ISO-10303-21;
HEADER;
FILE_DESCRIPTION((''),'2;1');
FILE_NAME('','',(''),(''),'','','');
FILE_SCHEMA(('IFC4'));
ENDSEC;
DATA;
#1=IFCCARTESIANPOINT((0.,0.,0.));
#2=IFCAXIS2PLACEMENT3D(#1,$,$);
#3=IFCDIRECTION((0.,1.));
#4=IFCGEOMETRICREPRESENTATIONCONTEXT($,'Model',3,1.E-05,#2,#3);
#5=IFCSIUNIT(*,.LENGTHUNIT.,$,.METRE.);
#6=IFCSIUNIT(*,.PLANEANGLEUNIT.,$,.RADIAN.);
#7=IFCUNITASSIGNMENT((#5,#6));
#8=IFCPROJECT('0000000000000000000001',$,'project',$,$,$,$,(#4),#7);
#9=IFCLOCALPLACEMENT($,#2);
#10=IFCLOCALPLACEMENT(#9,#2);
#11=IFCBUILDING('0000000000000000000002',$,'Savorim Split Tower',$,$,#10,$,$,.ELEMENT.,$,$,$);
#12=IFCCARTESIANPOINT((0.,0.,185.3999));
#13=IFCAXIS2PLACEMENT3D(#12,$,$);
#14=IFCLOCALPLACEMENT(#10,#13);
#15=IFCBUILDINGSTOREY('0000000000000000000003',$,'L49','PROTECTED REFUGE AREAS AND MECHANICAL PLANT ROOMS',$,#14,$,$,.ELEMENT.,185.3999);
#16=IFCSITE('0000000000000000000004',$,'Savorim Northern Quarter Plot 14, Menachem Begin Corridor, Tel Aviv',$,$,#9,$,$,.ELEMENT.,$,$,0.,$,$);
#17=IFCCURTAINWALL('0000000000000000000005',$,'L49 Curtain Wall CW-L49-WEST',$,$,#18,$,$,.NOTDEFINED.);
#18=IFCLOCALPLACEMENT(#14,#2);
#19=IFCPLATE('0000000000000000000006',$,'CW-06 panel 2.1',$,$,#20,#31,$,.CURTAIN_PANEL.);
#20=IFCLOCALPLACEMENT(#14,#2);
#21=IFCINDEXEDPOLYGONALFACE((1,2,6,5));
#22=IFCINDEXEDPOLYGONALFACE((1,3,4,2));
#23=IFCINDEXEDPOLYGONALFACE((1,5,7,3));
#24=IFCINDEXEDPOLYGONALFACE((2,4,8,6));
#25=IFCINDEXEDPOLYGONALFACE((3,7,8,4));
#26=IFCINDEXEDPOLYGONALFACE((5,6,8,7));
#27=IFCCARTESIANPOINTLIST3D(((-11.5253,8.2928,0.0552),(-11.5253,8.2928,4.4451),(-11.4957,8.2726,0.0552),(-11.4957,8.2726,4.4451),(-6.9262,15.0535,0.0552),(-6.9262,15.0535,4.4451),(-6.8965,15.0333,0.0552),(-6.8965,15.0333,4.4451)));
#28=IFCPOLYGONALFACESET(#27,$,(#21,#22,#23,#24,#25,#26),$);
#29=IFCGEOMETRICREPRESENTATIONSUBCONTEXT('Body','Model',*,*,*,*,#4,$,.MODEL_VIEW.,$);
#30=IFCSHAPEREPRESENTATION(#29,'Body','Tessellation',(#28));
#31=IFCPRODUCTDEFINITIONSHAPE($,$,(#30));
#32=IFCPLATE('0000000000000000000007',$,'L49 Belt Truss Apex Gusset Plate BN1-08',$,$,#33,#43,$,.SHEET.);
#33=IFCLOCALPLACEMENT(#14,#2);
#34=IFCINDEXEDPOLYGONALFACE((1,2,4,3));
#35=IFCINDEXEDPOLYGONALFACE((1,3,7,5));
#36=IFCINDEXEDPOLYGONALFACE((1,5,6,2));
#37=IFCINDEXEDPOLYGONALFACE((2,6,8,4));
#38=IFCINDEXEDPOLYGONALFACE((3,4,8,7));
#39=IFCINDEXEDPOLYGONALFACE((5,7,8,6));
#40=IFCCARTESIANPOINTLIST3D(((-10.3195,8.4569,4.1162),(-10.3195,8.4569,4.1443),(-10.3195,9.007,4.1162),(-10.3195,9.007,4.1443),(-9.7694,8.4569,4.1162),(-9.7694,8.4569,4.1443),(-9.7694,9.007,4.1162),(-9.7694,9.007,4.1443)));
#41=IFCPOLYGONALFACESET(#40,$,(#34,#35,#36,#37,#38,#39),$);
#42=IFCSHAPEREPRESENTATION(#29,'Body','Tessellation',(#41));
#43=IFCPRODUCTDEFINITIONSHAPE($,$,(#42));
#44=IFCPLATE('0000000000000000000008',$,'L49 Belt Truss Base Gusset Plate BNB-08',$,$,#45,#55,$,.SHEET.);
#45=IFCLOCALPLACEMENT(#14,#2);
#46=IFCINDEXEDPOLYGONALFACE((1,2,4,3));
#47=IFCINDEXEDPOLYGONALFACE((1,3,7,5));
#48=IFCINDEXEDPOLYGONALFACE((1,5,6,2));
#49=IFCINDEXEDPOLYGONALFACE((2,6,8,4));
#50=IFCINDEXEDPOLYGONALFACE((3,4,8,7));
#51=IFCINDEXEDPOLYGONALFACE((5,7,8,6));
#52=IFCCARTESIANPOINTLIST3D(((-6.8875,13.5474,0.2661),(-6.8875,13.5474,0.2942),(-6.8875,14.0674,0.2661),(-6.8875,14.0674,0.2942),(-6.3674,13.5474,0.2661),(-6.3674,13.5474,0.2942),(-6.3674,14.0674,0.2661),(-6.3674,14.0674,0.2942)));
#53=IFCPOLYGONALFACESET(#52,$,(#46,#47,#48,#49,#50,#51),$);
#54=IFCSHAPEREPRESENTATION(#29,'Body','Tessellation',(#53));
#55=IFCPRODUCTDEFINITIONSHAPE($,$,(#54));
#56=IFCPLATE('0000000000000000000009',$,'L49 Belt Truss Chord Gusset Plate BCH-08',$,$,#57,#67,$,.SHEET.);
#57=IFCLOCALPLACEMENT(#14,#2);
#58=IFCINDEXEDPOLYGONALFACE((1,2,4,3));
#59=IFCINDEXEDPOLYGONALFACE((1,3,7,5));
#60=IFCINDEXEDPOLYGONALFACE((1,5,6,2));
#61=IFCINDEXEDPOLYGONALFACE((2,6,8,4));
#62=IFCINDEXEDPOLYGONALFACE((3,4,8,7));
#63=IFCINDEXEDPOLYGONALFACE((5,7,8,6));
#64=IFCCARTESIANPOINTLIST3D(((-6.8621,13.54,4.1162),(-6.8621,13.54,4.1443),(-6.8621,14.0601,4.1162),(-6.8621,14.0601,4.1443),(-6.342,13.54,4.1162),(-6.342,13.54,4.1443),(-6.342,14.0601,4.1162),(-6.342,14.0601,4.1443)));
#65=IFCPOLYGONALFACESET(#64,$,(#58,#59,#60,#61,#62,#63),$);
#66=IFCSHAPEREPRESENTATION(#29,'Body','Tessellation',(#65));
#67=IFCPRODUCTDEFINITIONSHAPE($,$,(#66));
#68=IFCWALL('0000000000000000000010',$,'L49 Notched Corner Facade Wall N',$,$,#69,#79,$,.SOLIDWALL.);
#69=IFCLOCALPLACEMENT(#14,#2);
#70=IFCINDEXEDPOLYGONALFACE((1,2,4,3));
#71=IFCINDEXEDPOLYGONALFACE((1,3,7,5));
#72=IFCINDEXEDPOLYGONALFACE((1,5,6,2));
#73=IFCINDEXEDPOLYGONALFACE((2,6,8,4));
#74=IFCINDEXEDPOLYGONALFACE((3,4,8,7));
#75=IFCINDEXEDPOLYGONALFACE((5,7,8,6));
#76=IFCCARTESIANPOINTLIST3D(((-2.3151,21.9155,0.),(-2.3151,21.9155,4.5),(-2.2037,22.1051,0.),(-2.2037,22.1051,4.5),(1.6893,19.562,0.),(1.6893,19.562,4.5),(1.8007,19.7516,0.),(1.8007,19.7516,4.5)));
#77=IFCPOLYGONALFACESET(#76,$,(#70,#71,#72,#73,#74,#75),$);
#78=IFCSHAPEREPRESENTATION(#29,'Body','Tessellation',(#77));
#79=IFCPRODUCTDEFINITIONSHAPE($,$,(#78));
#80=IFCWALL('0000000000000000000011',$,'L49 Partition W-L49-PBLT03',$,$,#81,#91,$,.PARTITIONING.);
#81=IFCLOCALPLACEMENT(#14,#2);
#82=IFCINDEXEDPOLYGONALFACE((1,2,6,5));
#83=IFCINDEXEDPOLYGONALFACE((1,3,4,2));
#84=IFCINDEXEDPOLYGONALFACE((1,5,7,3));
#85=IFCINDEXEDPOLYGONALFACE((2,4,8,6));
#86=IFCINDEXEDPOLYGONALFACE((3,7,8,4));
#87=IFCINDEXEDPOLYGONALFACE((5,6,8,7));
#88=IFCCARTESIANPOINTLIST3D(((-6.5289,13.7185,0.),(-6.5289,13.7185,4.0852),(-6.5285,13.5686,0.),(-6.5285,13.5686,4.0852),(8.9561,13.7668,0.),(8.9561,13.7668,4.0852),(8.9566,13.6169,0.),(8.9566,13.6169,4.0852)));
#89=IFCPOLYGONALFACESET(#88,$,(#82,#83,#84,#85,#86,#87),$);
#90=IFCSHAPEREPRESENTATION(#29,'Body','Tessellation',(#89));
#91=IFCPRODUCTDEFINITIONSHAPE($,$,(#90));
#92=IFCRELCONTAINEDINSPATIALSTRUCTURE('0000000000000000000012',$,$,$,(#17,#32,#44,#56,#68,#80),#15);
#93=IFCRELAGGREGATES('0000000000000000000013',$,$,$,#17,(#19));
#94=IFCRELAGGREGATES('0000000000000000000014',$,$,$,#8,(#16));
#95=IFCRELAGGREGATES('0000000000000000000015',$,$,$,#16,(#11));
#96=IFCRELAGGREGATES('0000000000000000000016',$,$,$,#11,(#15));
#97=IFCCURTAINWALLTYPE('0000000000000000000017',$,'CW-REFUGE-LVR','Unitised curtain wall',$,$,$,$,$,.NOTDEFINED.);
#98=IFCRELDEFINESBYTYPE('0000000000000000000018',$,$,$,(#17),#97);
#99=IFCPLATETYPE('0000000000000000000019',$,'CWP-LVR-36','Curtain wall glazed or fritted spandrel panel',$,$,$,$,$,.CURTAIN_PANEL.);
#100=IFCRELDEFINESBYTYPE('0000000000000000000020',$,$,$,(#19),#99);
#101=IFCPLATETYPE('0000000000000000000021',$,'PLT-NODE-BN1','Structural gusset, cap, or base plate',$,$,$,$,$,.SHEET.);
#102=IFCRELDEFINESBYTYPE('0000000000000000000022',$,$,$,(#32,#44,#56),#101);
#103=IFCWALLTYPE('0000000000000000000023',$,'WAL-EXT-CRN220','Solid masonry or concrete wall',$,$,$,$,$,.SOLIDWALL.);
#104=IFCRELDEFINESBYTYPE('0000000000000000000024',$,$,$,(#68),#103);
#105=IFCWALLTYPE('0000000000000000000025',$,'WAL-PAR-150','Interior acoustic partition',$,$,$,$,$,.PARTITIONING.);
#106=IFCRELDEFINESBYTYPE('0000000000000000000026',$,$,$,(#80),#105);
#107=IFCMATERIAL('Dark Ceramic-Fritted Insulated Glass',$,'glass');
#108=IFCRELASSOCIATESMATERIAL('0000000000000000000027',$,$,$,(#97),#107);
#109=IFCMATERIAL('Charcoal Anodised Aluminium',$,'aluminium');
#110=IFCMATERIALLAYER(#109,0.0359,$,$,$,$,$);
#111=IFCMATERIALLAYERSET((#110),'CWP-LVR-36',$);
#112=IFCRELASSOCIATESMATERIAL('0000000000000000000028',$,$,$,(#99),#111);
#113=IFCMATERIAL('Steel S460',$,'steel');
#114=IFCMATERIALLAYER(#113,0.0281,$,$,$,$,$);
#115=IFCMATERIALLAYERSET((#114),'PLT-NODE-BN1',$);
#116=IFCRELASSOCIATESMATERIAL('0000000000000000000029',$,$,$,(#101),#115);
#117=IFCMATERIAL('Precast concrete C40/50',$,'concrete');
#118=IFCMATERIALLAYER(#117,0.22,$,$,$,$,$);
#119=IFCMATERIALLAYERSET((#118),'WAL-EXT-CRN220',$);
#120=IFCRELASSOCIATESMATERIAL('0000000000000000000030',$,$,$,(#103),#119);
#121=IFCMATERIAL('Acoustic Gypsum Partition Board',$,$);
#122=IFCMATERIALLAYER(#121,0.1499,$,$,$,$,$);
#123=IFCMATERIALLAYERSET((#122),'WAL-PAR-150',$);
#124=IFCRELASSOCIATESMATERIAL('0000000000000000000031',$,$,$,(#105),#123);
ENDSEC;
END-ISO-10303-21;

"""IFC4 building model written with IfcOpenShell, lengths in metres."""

from ifc_helpers import new_model, si_unit, direction, frame, frame_2d, origin, origin_2d, place, context, subcontext, project, spatial, rectangle, extrude, material, layer, layer_set, type_object, element, aggregate, save


model = new_model("IFC4")

# Units and contexts
model_context = context("Model", 3, precision=1e-05, world=origin(), true_north=direction((0.0, 1.0)))
body_context = subcontext(model_context, "Body", "Model", "MODEL_VIEW")
ifc_project = project(units=[si_unit("LENGTHUNIT", "METRE"), si_unit("PLANEANGLEUNIT", "RADIAN")], contexts=[model_context])

# Site, building, storey
site_placement = place(None, origin())
site = spatial("IfcSite", under=ifc_project, at=site_placement, Name="Savorim Northern Quarter Plot 14, Menachem Begin Corridor, Tel Aviv", CompositionType="ELEMENT", RefElevation=0.0)
building_placement = place(site_placement, origin())
building = spatial("IfcBuilding", under=site, at=building_placement, Name="Savorim Split Tower", CompositionType="ELEMENT")
storey_placement = place(building_placement, frame((0.0, 0.0, 185.3999)))
storey = spatial("IfcBuildingStorey", under=building, at=storey_placement, Name="L49", Description="PROTECTED REFUGE AREAS AND MECHANICAL PLANT ROOMS", CompositionType="ELEMENT", Elevation=185.3999)

# Shared definitions
ifc_material_1 = material(Name="Steel S460", Category="steel")

# Curtain wall
ifc_material_2 = material(Name="Dark Ceramic-Fritted Insulated Glass", Category="glass")
curtain_wall_type = type_object("IfcCurtainWallType", Name="CW-REFUGE-LVR", Description="Unitised curtain wall", PredefinedType="NOTDEFINED", material=ifc_material_2)
curtain_wall_placement = place(storey_placement, origin())
curtain_wall = element("IfcCurtainWall", 1, at=curtain_wall_placement, inside=storey, type_object=curtain_wall_type, Name="L49 Curtain Wall CW-L49-WEST", PredefinedType="NOTDEFINED")
ifc_material_3 = material(Name="Charcoal Anodised Aluminium", Category="aluminium")

# Plate
ifc_layer_1 = layer(ifc_material_3, 0.0359)
ifc_layer_set_1 = layer_set([ifc_layer_1], Name="CWP-LVR-36")
plate_type_1 = type_object("IfcPlateType", Name="CWP-LVR-36", Description="Curtain wall glazed or fritted spandrel panel", PredefinedType="CURTAIN_PANEL", material=ifc_layer_set_1)
plate_1_placement = place(storey_placement, frame((-9.2109, 11.6631, 0.0552), z_axis=(0.0, 0.0, 1.0), x_axis=(-0.562466, -0.82682, 0.0)))
plate_1 = element("IfcPlate", 2, at=plate_1_placement, type_object=plate_type_1, Name="CW-06 panel 2.1", PredefinedType="CURTAIN_PANEL", context=body_context, shape_type="SweptSolid", body=[
    extrude(rectangle(XDim=8.1768, YDim=0.0359, at=origin_2d()), origin(), (0.0, 0.0, 1.0), 4.3899),
])
aggregate(curtain_wall, [plate_1])

# Plates
ifc_layer_2 = layer(ifc_material_1, 0.0281)
ifc_layer_set_2 = layer_set([ifc_layer_2], Name="PLT-NODE-BN1")
plate_type_2 = type_object("IfcPlateType", Name="PLT-NODE-BN1", Description="Structural gusset, cap, or base plate", PredefinedType="SHEET", material=ifc_layer_set_2)
plate_2_placement = place(storey_placement, frame((-10.0444, 8.7319, 4.1162), z_axis=(0.0, 0.0, 1.0), x_axis=(1.0, 0.0, 0.0)))
element("IfcPlate", 3, at=plate_2_placement, inside=storey, type_object=plate_type_2, Name="L49 Belt Truss Apex Gusset Plate BN1-08", PredefinedType="SHEET", context=body_context, shape_type="SweptSolid", body=[
    extrude(rectangle(XDim=0.55, YDim=0.55, at=origin_2d()), origin(), (0.0, 0.0, 1.0), 0.0281),
])
for number, where, z_axis, x_axis, name in (
    (4, (-6.6274, 13.8074, 0.2661), (0.0, 0.0, 1.0), (1.0, 0.0, 0.0), "L49 Belt Truss Base Gusset Plate BNB-08"),
    (5, (-6.6021, 13.8, 4.1162), (0.0, 0.0, 1.0), (1.0, 0.0, 0.0), "L49 Belt Truss Chord Gusset Plate BCH-08"),
):
    element("IfcPlate", number, at=place(storey_placement, frame(where, z_axis=z_axis, x_axis=x_axis)), inside=storey, type_object=plate_type_2, Name=name, PredefinedType="SHEET", context=body_context, shape_type="SweptSolid", body=[
        extrude(rectangle(XDim=0.52, YDim=0.52, at=origin_2d()), origin(), (0.0, 0.0, 1.0), 0.0281),
    ])

# Walls
ifc_material_4 = material(Name="Precast concrete C40/50", Category="concrete")
ifc_layer_3 = layer(ifc_material_4, 0.22)
ifc_layer_set_3 = layer_set([ifc_layer_3], Name="WAL-EXT-CRN220")
wall_type_1 = type_object("IfcWallType", Name="WAL-EXT-CRN220", Description="Solid masonry or concrete wall", PredefinedType="SOLIDWALL", material=ifc_layer_set_3)
wall_1_placement = place(storey_placement, frame((-2.2593, 22.0103, 0.0), z_axis=(0.0, 0.0, 1.0), x_axis=(0.862123, -0.506699, 0.0)))
element("IfcWall", 6, at=wall_1_placement, inside=storey, type_object=wall_type_1, Name="L49 Notched Corner Facade Wall N", PredefinedType="SOLIDWALL", context=body_context, shape_type="SweptSolid", body=[
    extrude(rectangle(XDim=4.6448, YDim=0.22, at=frame_2d((2.3223, 0.0))), origin(), (0.0, 0.0, 1.0), 4.5),
])
ifc_material_5 = material(Name="Acoustic Gypsum Partition Board")
ifc_layer_4 = layer(ifc_material_5, 0.1499)
ifc_layer_set_4 = layer_set([ifc_layer_4], Name="WAL-PAR-150")
wall_type_2 = type_object("IfcWallType", Name="WAL-PAR-150", Description="Interior acoustic partition", PredefinedType="PARTITIONING", material=ifc_layer_set_4)
wall_2_placement = place(storey_placement, frame((-6.5288, 13.6436, 0.0), z_axis=(0.0, 0.0, 1.0), x_axis=(0.999995, 0.003122, 0.0)))
element("IfcWall", 7, at=wall_2_placement, inside=storey, type_object=wall_type_2, Name="L49 Partition W-L49-PBLT03", PredefinedType="PARTITIONING", context=body_context, shape_type="SweptSolid", body=[
    extrude(rectangle(XDim=15.4851, YDim=0.1499, at=frame_2d((7.7427, 0.0))), origin(), (0.0, 0.0, 1.0), 4.0852),
])

save(model, "model.ifc")
